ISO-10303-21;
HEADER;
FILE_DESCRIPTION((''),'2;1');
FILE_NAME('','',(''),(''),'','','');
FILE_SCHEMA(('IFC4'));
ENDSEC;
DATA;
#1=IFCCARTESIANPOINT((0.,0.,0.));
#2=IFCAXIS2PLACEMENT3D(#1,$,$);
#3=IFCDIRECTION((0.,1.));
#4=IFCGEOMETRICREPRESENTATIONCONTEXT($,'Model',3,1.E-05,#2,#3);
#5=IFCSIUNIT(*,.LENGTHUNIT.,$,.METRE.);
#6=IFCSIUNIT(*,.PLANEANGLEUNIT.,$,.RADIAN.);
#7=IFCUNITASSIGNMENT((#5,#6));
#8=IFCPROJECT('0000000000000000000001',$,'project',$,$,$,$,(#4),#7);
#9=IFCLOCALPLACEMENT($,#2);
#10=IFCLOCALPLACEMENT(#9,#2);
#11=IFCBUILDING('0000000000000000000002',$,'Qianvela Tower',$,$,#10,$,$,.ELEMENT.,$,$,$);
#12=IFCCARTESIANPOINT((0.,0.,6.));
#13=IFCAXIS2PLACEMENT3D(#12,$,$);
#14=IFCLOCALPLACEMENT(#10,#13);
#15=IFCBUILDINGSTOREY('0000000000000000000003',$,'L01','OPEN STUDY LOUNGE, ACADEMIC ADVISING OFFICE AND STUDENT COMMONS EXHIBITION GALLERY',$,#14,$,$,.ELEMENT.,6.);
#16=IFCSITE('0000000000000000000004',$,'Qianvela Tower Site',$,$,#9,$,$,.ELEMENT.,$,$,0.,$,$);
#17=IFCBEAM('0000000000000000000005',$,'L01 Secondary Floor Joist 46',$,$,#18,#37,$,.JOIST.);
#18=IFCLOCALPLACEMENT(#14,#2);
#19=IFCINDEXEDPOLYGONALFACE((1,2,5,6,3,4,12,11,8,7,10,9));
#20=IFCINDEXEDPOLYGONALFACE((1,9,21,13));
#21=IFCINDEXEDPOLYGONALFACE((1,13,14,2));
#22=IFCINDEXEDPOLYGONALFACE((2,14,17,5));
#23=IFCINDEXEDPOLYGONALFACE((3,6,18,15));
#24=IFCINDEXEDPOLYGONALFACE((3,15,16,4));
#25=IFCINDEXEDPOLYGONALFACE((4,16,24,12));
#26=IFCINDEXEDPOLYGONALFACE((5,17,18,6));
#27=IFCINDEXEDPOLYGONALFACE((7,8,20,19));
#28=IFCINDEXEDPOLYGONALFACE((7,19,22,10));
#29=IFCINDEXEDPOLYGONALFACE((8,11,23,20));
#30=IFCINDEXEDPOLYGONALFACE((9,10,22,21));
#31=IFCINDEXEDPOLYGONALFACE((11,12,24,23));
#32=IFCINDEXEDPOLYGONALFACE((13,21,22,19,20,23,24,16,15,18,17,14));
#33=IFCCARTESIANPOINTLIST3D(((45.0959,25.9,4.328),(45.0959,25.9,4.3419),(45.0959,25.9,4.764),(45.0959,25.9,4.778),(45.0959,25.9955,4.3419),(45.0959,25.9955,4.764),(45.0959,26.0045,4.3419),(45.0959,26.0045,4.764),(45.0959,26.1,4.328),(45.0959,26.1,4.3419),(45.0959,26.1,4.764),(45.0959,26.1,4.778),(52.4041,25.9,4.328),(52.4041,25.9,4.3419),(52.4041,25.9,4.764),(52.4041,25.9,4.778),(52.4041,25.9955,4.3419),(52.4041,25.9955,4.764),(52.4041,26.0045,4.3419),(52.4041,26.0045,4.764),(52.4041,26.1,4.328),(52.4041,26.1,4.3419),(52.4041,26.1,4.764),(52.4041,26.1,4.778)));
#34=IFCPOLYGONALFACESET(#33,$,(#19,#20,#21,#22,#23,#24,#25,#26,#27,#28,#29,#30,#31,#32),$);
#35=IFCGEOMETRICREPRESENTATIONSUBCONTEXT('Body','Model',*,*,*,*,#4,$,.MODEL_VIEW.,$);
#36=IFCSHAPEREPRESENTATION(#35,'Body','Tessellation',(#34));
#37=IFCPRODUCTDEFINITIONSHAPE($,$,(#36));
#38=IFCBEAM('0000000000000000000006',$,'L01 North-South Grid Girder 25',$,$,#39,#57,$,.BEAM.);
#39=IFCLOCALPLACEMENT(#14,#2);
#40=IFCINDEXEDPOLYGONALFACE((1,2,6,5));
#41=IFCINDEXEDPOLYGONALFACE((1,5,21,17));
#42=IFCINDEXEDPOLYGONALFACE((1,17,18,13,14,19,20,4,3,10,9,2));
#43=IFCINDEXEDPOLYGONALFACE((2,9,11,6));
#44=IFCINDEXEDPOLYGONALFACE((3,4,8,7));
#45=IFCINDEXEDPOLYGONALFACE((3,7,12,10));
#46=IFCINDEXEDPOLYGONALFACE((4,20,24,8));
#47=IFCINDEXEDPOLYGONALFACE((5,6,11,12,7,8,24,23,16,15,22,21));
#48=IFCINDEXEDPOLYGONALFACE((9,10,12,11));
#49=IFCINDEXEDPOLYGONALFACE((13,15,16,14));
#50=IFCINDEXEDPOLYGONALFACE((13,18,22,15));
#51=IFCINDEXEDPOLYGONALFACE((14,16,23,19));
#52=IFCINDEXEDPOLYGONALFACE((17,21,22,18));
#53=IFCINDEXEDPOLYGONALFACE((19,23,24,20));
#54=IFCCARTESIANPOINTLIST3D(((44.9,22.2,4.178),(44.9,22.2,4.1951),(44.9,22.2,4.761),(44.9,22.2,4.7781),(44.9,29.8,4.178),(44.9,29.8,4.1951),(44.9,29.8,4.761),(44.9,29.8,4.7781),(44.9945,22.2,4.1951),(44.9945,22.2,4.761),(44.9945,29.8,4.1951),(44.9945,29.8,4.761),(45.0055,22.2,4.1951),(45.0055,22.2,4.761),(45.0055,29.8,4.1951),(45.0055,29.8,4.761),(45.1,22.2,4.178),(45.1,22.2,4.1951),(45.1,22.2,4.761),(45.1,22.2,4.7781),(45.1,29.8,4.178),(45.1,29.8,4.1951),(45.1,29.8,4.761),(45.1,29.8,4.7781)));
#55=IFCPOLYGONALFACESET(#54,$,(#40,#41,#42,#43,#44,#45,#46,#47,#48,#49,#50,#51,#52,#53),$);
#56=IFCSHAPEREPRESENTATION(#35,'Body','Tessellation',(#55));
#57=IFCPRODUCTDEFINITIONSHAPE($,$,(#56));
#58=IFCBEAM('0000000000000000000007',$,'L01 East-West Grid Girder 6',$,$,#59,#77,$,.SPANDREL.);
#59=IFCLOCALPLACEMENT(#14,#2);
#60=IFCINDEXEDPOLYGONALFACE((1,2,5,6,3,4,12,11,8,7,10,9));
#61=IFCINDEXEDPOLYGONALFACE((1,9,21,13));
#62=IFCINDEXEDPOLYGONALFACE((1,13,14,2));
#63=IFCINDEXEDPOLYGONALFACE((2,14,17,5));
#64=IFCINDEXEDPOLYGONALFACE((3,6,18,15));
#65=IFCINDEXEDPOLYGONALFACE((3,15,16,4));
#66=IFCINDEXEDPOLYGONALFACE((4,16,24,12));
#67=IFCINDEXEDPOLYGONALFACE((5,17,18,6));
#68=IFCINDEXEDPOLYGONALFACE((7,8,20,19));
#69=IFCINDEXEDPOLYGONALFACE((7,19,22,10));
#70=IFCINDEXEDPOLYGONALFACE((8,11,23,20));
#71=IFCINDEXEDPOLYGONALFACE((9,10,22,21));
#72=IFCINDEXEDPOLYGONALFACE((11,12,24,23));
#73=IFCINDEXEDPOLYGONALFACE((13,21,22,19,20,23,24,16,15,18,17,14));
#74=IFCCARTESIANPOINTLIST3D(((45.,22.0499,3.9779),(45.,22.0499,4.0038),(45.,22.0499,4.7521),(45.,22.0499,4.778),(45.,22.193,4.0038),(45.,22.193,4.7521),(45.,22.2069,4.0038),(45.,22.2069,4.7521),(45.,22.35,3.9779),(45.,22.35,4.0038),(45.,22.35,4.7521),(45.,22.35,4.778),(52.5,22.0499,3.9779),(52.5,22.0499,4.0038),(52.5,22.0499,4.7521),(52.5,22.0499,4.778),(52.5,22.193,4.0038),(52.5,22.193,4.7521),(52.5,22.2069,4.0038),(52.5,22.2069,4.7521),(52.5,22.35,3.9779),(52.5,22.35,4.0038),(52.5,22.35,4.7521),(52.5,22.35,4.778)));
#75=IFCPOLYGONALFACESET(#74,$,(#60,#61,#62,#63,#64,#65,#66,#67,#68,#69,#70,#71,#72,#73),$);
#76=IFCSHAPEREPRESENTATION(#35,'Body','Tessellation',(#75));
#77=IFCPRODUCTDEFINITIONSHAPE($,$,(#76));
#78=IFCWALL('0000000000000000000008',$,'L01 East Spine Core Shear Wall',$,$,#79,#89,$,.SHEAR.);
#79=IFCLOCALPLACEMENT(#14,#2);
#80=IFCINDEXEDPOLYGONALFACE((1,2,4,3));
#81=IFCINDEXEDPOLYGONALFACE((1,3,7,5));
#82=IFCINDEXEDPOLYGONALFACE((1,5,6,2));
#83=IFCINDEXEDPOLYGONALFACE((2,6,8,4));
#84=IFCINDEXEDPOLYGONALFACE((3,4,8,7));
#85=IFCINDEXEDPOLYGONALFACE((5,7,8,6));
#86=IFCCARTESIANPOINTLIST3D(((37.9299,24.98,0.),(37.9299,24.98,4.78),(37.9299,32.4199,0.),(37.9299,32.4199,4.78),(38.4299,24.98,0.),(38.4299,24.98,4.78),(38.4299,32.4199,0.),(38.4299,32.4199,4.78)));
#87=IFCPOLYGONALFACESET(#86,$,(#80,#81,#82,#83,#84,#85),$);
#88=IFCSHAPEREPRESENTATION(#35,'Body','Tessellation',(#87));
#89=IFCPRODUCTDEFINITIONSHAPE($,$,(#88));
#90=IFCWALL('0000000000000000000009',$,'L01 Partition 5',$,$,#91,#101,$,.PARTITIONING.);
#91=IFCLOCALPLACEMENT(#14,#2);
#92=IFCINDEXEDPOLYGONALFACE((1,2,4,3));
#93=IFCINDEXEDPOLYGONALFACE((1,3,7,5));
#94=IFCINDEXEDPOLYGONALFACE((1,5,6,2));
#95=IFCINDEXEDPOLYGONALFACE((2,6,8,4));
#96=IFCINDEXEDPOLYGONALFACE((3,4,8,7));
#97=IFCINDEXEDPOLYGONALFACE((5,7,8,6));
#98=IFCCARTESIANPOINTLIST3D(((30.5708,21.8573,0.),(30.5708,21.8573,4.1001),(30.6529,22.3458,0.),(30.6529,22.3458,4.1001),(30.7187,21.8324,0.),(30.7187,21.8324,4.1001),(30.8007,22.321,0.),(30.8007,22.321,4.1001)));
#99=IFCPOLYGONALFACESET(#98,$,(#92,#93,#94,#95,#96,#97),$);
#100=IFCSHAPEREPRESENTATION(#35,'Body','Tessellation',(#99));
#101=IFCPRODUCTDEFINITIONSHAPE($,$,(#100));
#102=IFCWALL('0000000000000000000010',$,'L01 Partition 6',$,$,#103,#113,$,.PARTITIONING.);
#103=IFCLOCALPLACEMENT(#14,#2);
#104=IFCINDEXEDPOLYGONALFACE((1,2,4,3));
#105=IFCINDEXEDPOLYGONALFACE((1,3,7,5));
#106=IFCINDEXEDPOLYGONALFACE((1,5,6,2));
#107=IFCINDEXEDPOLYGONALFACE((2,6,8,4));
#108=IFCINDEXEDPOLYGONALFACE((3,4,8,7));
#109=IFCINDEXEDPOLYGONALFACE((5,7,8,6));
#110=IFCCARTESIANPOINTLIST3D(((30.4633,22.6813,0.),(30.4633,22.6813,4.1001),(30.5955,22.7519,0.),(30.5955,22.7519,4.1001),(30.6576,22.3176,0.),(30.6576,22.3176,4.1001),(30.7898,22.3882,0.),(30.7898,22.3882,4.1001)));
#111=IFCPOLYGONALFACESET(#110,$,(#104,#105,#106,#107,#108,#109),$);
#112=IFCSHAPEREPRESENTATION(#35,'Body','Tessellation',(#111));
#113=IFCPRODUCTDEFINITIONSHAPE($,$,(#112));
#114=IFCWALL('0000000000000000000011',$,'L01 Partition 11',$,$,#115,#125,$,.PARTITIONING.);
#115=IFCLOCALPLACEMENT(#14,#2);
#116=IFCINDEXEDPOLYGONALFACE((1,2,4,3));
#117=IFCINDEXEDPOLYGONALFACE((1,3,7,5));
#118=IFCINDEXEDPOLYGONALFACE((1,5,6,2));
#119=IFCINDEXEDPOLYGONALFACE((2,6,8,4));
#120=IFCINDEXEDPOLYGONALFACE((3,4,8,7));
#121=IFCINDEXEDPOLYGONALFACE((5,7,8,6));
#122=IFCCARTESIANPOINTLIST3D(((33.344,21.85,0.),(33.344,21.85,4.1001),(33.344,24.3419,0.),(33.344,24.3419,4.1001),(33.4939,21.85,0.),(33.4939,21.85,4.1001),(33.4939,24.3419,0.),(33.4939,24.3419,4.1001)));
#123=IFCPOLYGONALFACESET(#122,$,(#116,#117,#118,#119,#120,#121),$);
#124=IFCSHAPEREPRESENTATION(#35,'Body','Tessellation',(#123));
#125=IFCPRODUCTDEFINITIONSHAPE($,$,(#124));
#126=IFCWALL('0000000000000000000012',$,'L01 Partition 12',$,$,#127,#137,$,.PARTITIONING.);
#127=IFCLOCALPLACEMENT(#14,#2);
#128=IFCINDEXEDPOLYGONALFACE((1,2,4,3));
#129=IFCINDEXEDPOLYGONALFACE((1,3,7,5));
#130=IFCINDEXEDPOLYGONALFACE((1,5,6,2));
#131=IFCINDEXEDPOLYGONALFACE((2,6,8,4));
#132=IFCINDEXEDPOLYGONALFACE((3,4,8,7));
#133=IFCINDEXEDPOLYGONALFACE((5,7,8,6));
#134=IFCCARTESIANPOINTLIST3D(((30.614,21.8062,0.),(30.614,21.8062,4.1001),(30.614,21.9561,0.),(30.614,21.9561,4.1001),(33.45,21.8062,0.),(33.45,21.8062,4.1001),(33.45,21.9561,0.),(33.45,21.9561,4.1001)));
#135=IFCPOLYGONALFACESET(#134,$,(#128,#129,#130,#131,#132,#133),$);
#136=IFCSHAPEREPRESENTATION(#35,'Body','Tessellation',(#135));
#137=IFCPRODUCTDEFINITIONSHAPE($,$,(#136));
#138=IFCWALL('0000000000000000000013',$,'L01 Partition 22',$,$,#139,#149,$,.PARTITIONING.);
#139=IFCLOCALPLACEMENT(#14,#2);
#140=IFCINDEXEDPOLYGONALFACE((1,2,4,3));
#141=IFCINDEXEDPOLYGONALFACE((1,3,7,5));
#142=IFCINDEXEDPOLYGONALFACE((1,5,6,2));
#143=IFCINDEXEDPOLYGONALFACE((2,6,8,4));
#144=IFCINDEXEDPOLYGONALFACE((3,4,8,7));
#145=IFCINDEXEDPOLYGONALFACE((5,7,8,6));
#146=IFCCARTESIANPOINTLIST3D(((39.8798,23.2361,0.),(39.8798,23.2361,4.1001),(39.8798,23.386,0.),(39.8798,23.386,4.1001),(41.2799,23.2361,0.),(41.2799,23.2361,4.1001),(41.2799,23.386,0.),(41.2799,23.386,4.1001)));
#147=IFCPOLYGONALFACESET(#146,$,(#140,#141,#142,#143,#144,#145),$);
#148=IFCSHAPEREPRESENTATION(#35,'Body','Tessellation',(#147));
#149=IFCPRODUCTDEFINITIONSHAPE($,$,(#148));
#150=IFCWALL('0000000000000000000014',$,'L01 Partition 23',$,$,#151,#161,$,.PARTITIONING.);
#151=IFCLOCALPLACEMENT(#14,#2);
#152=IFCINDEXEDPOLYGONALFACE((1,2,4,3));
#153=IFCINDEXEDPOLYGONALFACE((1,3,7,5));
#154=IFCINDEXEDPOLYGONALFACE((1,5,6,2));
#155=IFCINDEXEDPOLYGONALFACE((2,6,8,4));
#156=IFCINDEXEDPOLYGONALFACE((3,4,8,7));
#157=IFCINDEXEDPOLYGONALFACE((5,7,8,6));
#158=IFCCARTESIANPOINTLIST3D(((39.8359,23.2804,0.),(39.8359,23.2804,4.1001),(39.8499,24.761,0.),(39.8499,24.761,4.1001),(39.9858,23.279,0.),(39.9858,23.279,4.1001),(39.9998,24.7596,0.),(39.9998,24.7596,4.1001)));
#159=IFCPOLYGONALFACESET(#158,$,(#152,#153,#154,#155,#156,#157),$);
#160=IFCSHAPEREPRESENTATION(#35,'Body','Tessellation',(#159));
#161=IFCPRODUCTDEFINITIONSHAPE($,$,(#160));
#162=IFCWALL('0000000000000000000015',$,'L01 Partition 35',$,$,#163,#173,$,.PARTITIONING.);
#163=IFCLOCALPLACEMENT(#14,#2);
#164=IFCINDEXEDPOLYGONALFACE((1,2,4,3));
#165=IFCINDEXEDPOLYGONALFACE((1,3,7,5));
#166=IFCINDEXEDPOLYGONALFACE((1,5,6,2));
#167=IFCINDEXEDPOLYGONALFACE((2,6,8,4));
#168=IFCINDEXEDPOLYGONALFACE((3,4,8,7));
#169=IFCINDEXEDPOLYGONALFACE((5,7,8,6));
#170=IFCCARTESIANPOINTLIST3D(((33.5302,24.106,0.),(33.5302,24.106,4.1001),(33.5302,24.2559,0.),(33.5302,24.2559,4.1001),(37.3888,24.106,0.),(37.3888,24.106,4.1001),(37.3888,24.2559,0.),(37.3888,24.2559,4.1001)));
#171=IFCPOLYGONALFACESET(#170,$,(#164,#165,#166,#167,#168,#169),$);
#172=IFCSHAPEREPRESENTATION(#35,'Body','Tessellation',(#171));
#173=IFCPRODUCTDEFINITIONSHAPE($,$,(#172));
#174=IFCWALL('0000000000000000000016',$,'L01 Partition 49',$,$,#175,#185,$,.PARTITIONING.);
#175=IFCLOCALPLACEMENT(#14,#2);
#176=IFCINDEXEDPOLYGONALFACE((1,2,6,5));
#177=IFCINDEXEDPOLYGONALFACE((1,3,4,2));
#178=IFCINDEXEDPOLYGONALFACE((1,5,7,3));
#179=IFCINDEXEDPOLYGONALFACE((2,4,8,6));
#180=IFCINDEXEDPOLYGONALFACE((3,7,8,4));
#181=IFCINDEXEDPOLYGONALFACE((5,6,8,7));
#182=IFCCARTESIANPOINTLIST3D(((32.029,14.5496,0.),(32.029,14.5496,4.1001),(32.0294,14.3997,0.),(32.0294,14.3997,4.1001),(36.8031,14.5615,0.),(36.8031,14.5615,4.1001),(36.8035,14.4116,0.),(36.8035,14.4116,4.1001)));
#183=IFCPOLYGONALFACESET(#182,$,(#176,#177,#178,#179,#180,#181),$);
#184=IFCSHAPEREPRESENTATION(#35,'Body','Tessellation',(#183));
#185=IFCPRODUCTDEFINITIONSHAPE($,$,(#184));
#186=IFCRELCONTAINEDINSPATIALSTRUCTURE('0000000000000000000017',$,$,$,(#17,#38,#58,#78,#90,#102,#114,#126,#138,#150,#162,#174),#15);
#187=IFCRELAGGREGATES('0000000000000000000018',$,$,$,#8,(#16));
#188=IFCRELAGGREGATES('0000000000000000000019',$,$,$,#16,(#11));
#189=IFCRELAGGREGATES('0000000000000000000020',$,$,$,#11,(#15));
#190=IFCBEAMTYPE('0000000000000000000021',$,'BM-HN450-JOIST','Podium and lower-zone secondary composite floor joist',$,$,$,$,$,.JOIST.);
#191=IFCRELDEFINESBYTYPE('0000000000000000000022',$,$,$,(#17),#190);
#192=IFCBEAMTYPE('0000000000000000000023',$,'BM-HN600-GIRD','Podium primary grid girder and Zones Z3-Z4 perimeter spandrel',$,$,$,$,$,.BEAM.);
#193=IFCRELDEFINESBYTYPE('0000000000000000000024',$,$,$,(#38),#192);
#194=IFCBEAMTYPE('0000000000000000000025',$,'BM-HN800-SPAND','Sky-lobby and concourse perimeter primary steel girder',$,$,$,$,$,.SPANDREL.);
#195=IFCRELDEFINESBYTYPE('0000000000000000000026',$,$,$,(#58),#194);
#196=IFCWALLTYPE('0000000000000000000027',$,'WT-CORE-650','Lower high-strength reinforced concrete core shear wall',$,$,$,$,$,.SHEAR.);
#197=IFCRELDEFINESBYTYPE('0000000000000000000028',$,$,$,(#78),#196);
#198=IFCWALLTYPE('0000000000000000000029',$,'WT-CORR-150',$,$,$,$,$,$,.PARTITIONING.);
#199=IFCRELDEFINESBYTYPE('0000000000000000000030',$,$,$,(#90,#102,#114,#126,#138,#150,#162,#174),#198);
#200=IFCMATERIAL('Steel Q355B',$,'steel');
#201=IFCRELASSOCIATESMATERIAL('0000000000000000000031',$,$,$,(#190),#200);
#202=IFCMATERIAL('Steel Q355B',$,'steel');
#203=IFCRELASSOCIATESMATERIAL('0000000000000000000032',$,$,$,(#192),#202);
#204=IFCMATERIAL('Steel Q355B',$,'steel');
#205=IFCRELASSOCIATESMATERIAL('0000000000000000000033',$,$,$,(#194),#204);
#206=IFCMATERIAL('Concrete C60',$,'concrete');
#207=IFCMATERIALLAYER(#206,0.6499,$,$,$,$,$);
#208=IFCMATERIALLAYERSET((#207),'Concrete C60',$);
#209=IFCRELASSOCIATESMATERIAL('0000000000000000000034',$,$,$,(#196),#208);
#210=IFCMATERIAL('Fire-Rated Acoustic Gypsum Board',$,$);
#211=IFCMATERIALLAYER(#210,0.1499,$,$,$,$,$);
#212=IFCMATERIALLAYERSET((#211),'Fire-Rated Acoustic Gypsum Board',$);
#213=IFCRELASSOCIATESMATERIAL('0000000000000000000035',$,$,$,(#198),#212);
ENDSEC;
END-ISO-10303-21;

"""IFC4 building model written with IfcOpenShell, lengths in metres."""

from ifc_helpers import new_model, si_unit, direction, frame, frame_2d, origin, origin_2d, place, context, subcontext, project, spatial, rectangle, i_section, extrude, material, layer, layer_set, material_profile, profile_set, type_object, element, save


model = new_model("IFC4")

# Units and contexts
model_context = context("Model", 3, precision=1e-05, world=origin(), true_north=direction((0.0, 1.0)))
body_context = subcontext(model_context, "Body", "Model", "MODEL_VIEW")
ifc_project = project(units=[si_unit("LENGTHUNIT", "METRE"), si_unit("PLANEANGLEUNIT", "RADIAN")], contexts=[model_context])

# Site, building, storey
site_placement = place(None, origin())
site = spatial("IfcSite", under=ifc_project, at=site_placement, Name="Qianvela Tower Site", CompositionType="ELEMENT", RefElevation=0.0)
building_placement = place(site_placement, origin())
building = spatial("IfcBuilding", under=site, at=building_placement, Name="Qianvela Tower", CompositionType="ELEMENT")
storey_placement = place(building_placement, frame((0.0, 0.0, 6.0)))
storey = spatial("IfcBuildingStorey", under=building, at=storey_placement, Name="L01", Description="OPEN STUDY LOUNGE, ACADEMIC ADVISING OFFICE AND STUDENT COMMONS EXHIBITION GALLERY", CompositionType="ELEMENT", Elevation=6.0)

# Beams
ifc_material_1 = material(Name="Steel Q355B", Category="steel")
ifc_material_profile_1 = material_profile(ifc_material_1, i_section(OverallWidth=0.2, OverallDepth=0.45, WebThickness=0.009, FlangeThickness=0.0139, at=origin_2d()), Name="HN450x200x9x14")
ifc_profile_set_1 = profile_set([ifc_material_profile_1], Name="Steel Q355B")
beam_type_1 = type_object("IfcBeamType", Name="BM-HN450-JOIST", Description="Podium and lower-zone secondary composite floor joist", PredefinedType="JOIST", material=ifc_profile_set_1)
beam_1_placement = place(storey_placement, frame((45.0959, 26.0, 4.553), z_axis=(1.0, 0.0, 0.0), x_axis=(0.0, 1.0, 0.0)))
element("IfcBeam", 1, at=beam_1_placement, inside=storey, type_object=beam_type_1, Name="L01 Secondary Floor Joist 46", PredefinedType="JOIST", context=body_context, shape_type="SweptSolid", body=[
    extrude(i_section(OverallWidth=0.2, OverallDepth=0.45, WebThickness=0.009, FlangeThickness=0.0139, at=origin_2d()), origin(), (0.0, 0.0, 1.0), 7.3081),
])
ifc_material_2 = material(Name="Steel Q355B", Category="steel")
ifc_material_profile_2 = material_profile(ifc_material_2, i_section(OverallWidth=0.2, OverallDepth=0.6001, WebThickness=0.011, FlangeThickness=0.0171, at=origin_2d()), Name="HN600x200x11x17")
ifc_profile_set_2 = profile_set([ifc_material_profile_2], Name="Steel Q355B")
beam_type_2 = type_object("IfcBeamType", Name="BM-HN600-GIRD", Description="Podium primary grid girder and Zones Z3-Z4 perimeter spandrel", PredefinedType="BEAM", material=ifc_profile_set_2)
beam_2_placement = place(storey_placement, frame((45.0, 22.2, 4.478), z_axis=(0.0, 1.0, 0.0), x_axis=(-1.0, 0.0, 0.0)))
element("IfcBeam", 2, at=beam_2_placement, inside=storey, type_object=beam_type_2, Name="L01 North-South Grid Girder 25", PredefinedType="BEAM", context=body_context, shape_type="SweptSolid", body=[
    extrude(i_section(OverallWidth=0.2, OverallDepth=0.6001, WebThickness=0.011, FlangeThickness=0.0171, at=origin_2d()), origin(), (0.0, 0.0, 1.0), 7.6001),
])
ifc_material_3 = material(Name="Steel Q355B", Category="steel")
ifc_material_profile_3 = material_profile(ifc_material_3, i_section(OverallWidth=0.3, OverallDepth=0.8, WebThickness=0.0139, FlangeThickness=0.0259, at=origin_2d()), Name="HN800x300x14x26")
ifc_profile_set_3 = profile_set([ifc_material_profile_3], Name="Steel Q355B")
beam_type_3 = type_object("IfcBeamType", Name="BM-HN800-SPAND", Description="Sky-lobby and concourse perimeter primary steel girder", PredefinedType="SPANDREL", material=ifc_profile_set_3)
beam_3_placement = place(storey_placement, frame((45.0, 22.2, 4.3779), z_axis=(1.0, 0.0, 0.0), x_axis=(0.0, 1.0, 0.0)))
element("IfcBeam", 3, at=beam_3_placement, inside=storey, type_object=beam_type_3, Name="L01 East-West Grid Girder 6", PredefinedType="SPANDREL", context=body_context, shape_type="SweptSolid", body=[
    extrude(i_section(OverallWidth=0.3, OverallDepth=0.8, WebThickness=0.0139, FlangeThickness=0.0259, at=origin_2d()), origin(), (0.0, 0.0, 1.0), 7.5),
])

# Walls
ifc_material_4 = material(Name="Concrete C60", Category="concrete")
ifc_layer_1 = layer(ifc_material_4, 0.6499)
ifc_layer_set_1 = layer_set([ifc_layer_1], Name="Concrete C60")
wall_type_1 = type_object("IfcWallType", Name="WT-CORE-650", Description="Lower high-strength reinforced concrete core shear wall", PredefinedType="SHEAR", material=ifc_layer_set_1)
wall_1_placement = place(storey_placement, frame((38.1799, 24.98, 0.0), z_axis=(0.0, 0.0, 1.0), x_axis=(0.0, 1.0, 0.0)))
element("IfcWall", 4, at=wall_1_placement, inside=storey, type_object=wall_type_1, Name="L01 East Spine Core Shear Wall", PredefinedType="SHEAR", context=body_context, shape_type="SweptSolid", body=[
    extrude(rectangle(XDim=7.4399, YDim=0.5, at=frame_2d((3.72, 0.0))), origin(), (0.0, 0.0, 1.0), 4.78),
])
ifc_material_5 = material(Name="Fire-Rated Acoustic Gypsum Board")
ifc_layer_2 = layer(ifc_material_5, 0.1499)
ifc_layer_set_2 = layer_set([ifc_layer_2], Name="Fire-Rated Acoustic Gypsum Board")
wall_type_2 = type_object("IfcWallType", Name="WT-CORR-150", PredefinedType="PARTITIONING", material=ifc_layer_set_2)
wall_2_placement = place(storey_placement, frame((30.6448, 21.845, 0.0), z_axis=(0.0, 0.0, 1.0), x_axis=(0.165598, 0.986193, 0.0)))
element("IfcWall", 5, at=wall_2_placement, inside=storey, type_object=wall_type_2, Name="L01 Partition 5", PredefinedType="PARTITIONING", context=body_context, shape_type="SweptSolid", body=[
    extrude(rectangle(XDim=0.4954, YDim=0.1499, at=frame_2d((0.2476, 0.0))), origin(), (0.0, 0.0, 1.0), 4.1001),
])
wall_3_placement = place(storey_placement, frame((30.7236, 22.353, 0.0), z_axis=(0.0, 0.0, 1.0), x_axis=(-0.471203, 0.882025, 0.0)))
element("IfcWall", 6, at=wall_3_placement, inside=storey, type_object=wall_type_2, Name="L01 Partition 6", PredefinedType="PARTITIONING", context=body_context, shape_type="SweptSolid", body=[
    extrude(rectangle(XDim=0.4124, YDim=0.1499, at=frame_2d((0.2061, 0.0))), origin(), (0.0, 0.0, 1.0), 4.1001),
])
wall_4_placement = place(storey_placement, frame((33.4189, 24.342, 0.0), z_axis=(0.0, 0.0, 1.0), x_axis=(0.0, -1.0, 0.0)))
element("IfcWall", 7, at=wall_4_placement, inside=storey, type_object=wall_type_2, Name="L01 Partition 11", PredefinedType="PARTITIONING", context=body_context, shape_type="SweptSolid", body=[
    extrude(rectangle(XDim=2.4919, YDim=0.1499, at=frame_2d((1.2461, 0.0))), origin(), (0.0, 0.0, 1.0), 4.1001),
])
wall_5_placement = place(storey_placement, frame((33.45, 21.8811, 0.0), z_axis=(0.0, 0.0, 1.0), x_axis=(-1.0, 0.0, 0.0)))
element("IfcWall", 8, at=wall_5_placement, inside=storey, type_object=wall_type_2, Name="L01 Partition 12", PredefinedType="PARTITIONING", context=body_context, shape_type="SweptSolid", body=[
    extrude(rectangle(XDim=2.8359, YDim=0.1499, at=frame_2d((1.418, 0.0))), origin(), (0.0, 0.0, 1.0), 4.1001),
])
wall_6_placement = place(storey_placement, frame((41.28, 23.311, 0.0), z_axis=(0.0, 0.0, 1.0), x_axis=(-1.0, 0.0, 0.0)))
element("IfcWall", 9, at=wall_6_placement, inside=storey, type_object=wall_type_2, Name="L01 Partition 22", PredefinedType="PARTITIONING", context=body_context, shape_type="SweptSolid", body=[
    extrude(rectangle(XDim=1.4001, YDim=0.1499, at=frame_2d((0.7002, 0.0))), origin(), (0.0, 0.0, 1.0), 4.1001),
])
wall_7_placement = place(storey_placement, frame((39.9109, 23.2798, 0.0), z_axis=(0.0, 0.0, 1.0), x_axis=(0.009398, 0.999956, 0.0)))
element("IfcWall", 10, at=wall_7_placement, inside=storey, type_object=wall_type_2, Name="L01 Partition 23", PredefinedType="PARTITIONING", context=body_context, shape_type="SweptSolid", body=[
    extrude(rectangle(XDim=1.4807, YDim=0.1499, at=frame_2d((0.7402, 0.0))), origin(), (0.0, 0.0, 1.0), 4.1001),
])
wall_8_placement = place(storey_placement, frame((37.3887, 24.1809, 0.0), z_axis=(0.0, 0.0, 1.0), x_axis=(-1.0, 0.0, 0.0)))
element("IfcWall", 11, at=wall_8_placement, inside=storey, type_object=wall_type_2, Name="L01 Partition 35", PredefinedType="PARTITIONING", context=body_context, shape_type="SweptSolid", body=[
    extrude(rectangle(XDim=3.8586, YDim=0.1499, at=frame_2d((1.9292, 0.0))), origin(), (0.0, 0.0, 1.0), 4.1001),
])
wall_9_placement = place(storey_placement, frame((32.0291, 14.4746, 0.0), z_axis=(0.0, 0.0, 1.0), x_axis=(0.999997, 0.002506, 0.0)))
element("IfcWall", 12, at=wall_9_placement, inside=storey, type_object=wall_type_2, Name="L01 Partition 49", PredefinedType="PARTITIONING", context=body_context, shape_type="SweptSolid", body=[
    extrude(rectangle(XDim=4.7742, YDim=0.1499, at=frame_2d((2.3872, 0.0))), origin(), (0.0, 0.0, 1.0), 4.1001),
])

save(model, "model.ifc")
